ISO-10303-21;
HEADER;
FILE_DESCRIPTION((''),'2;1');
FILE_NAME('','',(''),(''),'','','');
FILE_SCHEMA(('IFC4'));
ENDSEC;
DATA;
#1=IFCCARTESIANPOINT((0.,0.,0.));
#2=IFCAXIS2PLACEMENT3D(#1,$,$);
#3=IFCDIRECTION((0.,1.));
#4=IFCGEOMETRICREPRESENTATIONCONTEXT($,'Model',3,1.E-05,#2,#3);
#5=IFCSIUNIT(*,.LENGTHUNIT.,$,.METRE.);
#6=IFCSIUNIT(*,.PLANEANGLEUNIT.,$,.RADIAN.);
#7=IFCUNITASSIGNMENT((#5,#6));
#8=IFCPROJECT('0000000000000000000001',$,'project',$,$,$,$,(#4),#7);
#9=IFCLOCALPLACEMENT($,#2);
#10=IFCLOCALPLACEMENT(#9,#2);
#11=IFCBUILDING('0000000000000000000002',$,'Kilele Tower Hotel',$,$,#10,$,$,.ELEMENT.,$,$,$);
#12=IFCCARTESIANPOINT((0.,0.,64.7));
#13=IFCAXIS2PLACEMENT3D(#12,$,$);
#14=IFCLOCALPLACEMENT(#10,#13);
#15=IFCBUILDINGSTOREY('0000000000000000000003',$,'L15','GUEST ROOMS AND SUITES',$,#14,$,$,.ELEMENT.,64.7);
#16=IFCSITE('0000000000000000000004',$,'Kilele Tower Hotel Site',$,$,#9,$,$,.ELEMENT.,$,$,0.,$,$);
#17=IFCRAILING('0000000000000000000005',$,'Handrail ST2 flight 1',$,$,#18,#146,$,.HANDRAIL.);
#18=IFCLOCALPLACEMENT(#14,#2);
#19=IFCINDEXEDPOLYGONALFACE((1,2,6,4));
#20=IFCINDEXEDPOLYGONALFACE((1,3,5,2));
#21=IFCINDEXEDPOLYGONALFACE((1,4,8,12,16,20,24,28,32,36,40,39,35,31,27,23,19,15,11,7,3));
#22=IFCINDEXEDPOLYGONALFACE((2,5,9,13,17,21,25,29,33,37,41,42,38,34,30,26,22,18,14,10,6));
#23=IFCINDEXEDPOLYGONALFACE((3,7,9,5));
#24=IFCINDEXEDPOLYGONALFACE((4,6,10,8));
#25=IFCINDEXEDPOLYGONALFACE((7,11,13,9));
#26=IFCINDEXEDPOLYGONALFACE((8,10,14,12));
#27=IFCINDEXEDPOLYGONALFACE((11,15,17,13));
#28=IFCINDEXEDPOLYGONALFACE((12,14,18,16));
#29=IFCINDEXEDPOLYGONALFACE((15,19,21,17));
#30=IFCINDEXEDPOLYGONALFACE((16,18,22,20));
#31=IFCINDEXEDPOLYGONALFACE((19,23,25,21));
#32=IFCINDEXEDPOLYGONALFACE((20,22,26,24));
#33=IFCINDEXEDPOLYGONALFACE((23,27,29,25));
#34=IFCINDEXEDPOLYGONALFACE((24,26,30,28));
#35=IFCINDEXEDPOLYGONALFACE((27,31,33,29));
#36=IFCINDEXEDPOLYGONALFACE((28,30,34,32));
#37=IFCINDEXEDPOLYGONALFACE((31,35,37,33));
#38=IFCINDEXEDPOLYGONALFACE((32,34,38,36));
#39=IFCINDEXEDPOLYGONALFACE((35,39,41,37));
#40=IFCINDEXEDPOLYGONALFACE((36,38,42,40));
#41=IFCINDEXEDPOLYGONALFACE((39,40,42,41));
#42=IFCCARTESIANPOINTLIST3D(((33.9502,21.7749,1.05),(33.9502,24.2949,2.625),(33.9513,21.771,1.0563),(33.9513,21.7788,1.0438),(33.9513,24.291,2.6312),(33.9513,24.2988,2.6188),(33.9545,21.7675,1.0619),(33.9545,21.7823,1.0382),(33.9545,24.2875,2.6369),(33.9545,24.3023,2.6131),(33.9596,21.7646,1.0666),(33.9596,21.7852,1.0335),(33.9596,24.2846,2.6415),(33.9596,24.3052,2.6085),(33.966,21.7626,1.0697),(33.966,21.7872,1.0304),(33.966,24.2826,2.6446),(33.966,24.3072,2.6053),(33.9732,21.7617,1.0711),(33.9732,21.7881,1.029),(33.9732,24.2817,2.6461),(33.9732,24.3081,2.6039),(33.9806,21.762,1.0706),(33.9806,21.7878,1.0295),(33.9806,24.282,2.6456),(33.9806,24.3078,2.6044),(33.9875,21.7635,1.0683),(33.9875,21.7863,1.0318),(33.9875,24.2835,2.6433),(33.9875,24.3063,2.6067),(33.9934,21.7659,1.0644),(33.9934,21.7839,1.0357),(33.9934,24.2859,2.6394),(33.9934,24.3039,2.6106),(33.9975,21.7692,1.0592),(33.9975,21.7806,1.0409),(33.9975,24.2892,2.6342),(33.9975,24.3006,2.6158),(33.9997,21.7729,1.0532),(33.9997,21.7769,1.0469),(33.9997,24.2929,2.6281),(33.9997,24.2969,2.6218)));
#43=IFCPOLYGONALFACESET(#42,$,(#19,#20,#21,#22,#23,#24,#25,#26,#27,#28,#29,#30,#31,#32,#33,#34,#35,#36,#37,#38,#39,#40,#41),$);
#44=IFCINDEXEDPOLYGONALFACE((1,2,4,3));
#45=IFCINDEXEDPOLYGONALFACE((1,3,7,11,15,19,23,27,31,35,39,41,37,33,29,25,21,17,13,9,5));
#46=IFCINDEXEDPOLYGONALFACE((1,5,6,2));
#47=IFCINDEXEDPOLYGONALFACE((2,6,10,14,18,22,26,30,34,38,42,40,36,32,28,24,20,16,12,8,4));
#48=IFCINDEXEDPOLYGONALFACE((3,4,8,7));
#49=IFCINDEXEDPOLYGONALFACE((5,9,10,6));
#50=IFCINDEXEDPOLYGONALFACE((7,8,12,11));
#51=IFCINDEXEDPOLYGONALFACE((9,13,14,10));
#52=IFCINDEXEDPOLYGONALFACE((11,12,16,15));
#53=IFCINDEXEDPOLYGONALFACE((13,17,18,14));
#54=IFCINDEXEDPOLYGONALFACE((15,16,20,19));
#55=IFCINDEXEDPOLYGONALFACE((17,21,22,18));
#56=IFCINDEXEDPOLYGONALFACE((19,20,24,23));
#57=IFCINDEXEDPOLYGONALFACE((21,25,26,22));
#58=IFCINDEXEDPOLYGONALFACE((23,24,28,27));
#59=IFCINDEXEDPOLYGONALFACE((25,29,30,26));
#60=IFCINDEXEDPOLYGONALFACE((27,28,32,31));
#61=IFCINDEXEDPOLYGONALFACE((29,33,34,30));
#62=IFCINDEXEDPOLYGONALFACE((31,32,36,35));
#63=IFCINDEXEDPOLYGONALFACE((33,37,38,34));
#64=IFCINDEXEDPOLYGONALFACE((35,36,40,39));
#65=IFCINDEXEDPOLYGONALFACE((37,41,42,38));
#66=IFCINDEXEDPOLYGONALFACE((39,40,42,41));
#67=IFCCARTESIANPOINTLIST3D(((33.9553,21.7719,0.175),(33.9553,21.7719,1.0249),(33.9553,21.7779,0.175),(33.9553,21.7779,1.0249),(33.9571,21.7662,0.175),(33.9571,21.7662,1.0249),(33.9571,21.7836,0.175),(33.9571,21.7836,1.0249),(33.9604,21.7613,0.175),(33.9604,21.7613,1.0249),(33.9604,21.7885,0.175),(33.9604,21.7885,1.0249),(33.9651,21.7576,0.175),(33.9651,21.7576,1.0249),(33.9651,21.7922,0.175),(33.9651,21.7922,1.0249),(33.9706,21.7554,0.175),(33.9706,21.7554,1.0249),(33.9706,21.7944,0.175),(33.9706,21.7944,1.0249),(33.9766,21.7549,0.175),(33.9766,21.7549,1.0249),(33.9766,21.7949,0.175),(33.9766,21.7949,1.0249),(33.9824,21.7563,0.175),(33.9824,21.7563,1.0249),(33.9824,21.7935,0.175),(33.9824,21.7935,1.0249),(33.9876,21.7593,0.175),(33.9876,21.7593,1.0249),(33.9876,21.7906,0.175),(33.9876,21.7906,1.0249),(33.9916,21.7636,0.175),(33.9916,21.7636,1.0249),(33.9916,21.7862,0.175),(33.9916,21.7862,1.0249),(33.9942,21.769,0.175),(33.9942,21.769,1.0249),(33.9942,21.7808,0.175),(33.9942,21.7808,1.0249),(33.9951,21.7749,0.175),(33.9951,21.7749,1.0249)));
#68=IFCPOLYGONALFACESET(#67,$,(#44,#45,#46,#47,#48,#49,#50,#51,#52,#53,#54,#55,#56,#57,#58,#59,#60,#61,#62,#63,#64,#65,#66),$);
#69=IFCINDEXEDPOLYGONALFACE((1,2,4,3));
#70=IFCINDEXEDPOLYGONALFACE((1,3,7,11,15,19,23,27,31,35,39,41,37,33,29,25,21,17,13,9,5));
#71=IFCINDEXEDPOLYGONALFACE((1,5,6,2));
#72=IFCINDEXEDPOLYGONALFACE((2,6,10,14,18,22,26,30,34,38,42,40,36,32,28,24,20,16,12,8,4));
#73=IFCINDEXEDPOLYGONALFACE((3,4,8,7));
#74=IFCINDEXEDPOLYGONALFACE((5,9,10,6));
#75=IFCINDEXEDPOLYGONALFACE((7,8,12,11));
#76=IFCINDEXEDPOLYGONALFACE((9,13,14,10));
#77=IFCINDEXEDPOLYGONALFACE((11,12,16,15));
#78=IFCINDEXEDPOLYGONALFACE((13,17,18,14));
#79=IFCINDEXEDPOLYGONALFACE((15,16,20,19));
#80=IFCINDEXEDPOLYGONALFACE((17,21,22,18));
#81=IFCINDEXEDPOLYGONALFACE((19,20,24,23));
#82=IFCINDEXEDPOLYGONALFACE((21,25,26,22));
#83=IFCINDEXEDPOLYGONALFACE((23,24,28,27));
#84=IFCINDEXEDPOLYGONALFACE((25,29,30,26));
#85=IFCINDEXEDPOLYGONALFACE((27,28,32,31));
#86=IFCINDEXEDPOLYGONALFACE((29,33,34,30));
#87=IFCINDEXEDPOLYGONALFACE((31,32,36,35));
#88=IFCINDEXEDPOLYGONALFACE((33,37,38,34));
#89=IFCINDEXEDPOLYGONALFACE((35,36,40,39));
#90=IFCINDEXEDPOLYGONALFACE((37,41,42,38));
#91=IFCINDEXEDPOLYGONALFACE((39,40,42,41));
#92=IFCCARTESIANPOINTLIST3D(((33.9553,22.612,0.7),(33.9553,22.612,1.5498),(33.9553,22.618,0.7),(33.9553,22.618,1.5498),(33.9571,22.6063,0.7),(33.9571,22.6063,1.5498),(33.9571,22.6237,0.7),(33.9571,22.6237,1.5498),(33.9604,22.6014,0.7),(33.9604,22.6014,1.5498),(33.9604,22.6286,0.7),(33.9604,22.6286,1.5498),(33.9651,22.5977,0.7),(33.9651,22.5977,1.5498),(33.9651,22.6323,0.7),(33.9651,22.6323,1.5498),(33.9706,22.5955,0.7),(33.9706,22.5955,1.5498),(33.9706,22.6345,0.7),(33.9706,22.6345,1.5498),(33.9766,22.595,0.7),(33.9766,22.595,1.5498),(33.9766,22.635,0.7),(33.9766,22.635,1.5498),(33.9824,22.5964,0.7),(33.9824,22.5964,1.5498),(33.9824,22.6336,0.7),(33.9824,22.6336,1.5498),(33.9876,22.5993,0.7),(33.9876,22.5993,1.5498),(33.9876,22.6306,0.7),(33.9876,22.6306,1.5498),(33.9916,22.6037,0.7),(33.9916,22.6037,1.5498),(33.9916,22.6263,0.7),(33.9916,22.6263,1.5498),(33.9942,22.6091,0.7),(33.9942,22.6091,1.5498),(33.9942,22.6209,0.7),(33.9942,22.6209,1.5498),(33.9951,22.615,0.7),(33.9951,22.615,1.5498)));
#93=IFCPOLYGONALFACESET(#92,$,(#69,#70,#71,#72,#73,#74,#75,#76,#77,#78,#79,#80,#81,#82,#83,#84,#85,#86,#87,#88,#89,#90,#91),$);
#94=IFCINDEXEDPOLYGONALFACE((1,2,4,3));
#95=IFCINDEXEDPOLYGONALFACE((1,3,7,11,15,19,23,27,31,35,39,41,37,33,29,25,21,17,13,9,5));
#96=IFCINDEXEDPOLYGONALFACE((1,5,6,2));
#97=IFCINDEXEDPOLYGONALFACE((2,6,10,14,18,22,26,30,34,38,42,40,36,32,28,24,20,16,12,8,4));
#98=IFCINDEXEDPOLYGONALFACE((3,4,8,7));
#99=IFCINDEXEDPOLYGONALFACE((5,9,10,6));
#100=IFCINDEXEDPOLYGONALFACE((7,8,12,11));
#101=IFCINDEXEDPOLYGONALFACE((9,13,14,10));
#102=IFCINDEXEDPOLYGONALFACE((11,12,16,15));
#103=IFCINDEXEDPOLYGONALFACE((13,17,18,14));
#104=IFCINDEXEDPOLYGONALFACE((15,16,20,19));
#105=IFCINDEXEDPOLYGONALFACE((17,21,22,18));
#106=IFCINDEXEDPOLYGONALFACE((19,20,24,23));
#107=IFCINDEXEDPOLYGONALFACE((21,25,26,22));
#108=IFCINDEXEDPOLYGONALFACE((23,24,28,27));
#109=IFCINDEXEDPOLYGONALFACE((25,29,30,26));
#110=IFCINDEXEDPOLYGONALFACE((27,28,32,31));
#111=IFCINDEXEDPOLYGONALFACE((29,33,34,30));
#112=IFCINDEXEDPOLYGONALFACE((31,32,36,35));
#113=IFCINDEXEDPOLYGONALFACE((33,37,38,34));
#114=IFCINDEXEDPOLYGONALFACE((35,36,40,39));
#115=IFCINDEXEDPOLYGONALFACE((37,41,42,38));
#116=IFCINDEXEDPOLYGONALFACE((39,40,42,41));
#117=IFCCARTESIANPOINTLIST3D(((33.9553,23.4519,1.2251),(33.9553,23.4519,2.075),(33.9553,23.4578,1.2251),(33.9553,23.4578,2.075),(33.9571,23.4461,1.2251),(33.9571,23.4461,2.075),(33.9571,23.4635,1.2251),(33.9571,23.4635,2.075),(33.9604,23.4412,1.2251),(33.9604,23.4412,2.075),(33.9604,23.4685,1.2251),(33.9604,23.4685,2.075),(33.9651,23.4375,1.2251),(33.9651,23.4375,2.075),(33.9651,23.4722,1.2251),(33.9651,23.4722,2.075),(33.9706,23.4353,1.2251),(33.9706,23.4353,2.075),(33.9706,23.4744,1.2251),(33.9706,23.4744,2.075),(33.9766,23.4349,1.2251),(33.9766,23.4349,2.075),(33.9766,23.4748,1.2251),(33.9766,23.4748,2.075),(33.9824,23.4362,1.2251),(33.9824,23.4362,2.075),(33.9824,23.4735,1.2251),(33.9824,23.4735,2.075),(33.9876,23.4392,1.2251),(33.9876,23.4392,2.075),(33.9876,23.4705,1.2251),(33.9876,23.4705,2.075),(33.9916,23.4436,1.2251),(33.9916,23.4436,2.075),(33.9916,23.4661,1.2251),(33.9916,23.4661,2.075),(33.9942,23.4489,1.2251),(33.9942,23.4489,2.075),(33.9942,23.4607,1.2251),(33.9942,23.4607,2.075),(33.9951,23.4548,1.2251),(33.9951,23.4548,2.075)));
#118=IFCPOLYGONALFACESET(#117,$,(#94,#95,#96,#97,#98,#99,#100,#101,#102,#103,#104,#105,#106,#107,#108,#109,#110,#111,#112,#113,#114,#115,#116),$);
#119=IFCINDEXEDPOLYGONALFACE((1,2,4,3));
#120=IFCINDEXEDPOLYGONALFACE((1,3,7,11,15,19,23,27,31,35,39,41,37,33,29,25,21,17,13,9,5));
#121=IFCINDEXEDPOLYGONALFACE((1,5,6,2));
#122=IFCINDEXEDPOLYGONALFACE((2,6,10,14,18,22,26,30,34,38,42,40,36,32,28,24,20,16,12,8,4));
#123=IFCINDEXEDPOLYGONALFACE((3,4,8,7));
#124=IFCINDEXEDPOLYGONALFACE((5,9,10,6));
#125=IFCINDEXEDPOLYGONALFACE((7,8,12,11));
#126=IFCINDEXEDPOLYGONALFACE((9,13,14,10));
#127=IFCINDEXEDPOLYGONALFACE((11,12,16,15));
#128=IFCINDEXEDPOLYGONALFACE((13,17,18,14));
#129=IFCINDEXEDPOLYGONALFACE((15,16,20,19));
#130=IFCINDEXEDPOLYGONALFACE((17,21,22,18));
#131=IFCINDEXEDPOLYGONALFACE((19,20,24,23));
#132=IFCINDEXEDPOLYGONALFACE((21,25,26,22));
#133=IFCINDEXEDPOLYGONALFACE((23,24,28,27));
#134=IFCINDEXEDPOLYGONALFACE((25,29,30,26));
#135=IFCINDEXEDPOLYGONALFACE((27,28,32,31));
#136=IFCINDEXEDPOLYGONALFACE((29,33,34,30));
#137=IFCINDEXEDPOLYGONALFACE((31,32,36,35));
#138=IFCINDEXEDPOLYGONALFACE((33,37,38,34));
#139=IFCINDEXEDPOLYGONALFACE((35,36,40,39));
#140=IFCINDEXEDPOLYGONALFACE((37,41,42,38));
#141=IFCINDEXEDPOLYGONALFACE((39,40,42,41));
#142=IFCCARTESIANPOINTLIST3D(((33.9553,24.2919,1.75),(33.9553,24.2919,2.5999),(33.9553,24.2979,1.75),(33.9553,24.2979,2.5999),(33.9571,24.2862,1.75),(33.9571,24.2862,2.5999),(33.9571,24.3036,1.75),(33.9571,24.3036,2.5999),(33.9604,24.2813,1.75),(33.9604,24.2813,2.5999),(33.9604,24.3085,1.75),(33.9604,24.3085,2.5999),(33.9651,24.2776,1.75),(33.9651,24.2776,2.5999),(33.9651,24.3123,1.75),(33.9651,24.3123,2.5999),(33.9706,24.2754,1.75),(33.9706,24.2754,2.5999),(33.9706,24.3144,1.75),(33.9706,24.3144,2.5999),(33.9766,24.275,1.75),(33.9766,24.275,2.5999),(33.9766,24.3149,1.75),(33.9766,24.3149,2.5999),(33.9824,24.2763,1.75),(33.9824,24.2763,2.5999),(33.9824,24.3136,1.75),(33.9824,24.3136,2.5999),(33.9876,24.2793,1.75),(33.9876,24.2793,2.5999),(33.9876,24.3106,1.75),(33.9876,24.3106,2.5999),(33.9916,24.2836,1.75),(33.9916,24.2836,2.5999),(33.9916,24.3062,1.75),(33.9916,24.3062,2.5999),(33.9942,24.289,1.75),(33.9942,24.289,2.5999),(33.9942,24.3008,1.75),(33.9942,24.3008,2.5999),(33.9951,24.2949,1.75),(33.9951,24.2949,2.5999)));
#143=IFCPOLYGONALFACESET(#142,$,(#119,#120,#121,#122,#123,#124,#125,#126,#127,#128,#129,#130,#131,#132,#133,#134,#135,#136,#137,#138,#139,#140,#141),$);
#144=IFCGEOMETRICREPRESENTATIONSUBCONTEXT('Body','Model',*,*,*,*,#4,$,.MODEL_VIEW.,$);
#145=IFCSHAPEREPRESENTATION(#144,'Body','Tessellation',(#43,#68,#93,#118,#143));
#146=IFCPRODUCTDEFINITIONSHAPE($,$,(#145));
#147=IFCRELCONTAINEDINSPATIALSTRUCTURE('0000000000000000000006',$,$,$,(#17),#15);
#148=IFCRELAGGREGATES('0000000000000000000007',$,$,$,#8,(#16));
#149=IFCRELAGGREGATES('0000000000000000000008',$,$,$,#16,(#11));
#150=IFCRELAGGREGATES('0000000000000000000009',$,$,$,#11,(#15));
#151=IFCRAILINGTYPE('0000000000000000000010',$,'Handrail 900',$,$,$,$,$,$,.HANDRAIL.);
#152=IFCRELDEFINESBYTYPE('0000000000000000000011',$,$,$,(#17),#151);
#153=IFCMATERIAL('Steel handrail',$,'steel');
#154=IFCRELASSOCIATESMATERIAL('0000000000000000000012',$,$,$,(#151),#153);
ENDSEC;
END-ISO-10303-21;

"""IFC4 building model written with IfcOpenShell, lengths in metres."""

from ifc_helpers import new_model, si_unit, direction, frame, origin, origin_2d, place, context, subcontext, project, spatial, circle, extrude, material, type_object, element, save


model = new_model("IFC4")

# Units and contexts
model_context = context("Model", 3, precision=1e-05, world=origin(), true_north=direction((0.0, 1.0)))
body_context = subcontext(model_context, "Body", "Model", "MODEL_VIEW")
ifc_project = project(units=[si_unit("LENGTHUNIT", "METRE"), si_unit("PLANEANGLEUNIT", "RADIAN")], contexts=[model_context])

# Site, building, storey
site_placement = place(None, origin())
site = spatial("IfcSite", under=ifc_project, at=site_placement, Name="Kilele Tower Hotel Site", CompositionType="ELEMENT", RefElevation=0.0)
building_placement = place(site_placement, origin())
building = spatial("IfcBuilding", under=site, at=building_placement, Name="Kilele Tower Hotel", CompositionType="ELEMENT")
storey_placement = place(building_placement, frame((0.0, 0.0, 64.7)))
storey = spatial("IfcBuildingStorey", under=building, at=storey_placement, Name="L15", Description="GUEST ROOMS AND SUITES", CompositionType="ELEMENT", Elevation=64.7)

# Railing
ifc_material_1 = material(Name="Steel handrail", Category="steel")
railing_type_1 = type_object("IfcRailingType", Name="Handrail 900", PredefinedType="HANDRAIL", material=ifc_material_1)
for number, where, name in (
    (1, (33.9751, 21.7749, 0.175), "Handrail ST2 flight 1"),
):
    element("IfcRailing", number, at=place(storey_placement, frame(where)), inside=storey, type_object=railing_type_1, Name=name, PredefinedType="HANDRAIL", context=body_context, shape_type="SweptSolid", body=[
        extrude(circle(Radius=0.0249, at=origin_2d()), frame((0.0, 0.0, 0.875), z_axis=(0.0, 0.848008, 0.529984), x_axis=(-1.0, 0.0, 0.0)), (0.0, 0.0, 1.0), 2.9717),
        extrude(circle(Radius=0.02, at=origin_2d()), origin(), (0.0, 0.0, 1.0), 0.8499),
        extrude(circle(Radius=0.02, at=origin_2d()), frame((0.0, 0.8401, 0.5249)), (0.0, 0.0, 1.0), 0.8499),
        extrude(circle(Radius=0.02, at=origin_2d()), frame((0.0, 1.6799, 1.05)), (0.0, 0.0, 1.0), 0.8499),
        extrude(circle(Radius=0.02, at=origin_2d()), frame((0.0, 2.52, 1.575)), (0.0, 0.0, 1.0), 0.8499),
    ])

save(model, "model.ifc")
